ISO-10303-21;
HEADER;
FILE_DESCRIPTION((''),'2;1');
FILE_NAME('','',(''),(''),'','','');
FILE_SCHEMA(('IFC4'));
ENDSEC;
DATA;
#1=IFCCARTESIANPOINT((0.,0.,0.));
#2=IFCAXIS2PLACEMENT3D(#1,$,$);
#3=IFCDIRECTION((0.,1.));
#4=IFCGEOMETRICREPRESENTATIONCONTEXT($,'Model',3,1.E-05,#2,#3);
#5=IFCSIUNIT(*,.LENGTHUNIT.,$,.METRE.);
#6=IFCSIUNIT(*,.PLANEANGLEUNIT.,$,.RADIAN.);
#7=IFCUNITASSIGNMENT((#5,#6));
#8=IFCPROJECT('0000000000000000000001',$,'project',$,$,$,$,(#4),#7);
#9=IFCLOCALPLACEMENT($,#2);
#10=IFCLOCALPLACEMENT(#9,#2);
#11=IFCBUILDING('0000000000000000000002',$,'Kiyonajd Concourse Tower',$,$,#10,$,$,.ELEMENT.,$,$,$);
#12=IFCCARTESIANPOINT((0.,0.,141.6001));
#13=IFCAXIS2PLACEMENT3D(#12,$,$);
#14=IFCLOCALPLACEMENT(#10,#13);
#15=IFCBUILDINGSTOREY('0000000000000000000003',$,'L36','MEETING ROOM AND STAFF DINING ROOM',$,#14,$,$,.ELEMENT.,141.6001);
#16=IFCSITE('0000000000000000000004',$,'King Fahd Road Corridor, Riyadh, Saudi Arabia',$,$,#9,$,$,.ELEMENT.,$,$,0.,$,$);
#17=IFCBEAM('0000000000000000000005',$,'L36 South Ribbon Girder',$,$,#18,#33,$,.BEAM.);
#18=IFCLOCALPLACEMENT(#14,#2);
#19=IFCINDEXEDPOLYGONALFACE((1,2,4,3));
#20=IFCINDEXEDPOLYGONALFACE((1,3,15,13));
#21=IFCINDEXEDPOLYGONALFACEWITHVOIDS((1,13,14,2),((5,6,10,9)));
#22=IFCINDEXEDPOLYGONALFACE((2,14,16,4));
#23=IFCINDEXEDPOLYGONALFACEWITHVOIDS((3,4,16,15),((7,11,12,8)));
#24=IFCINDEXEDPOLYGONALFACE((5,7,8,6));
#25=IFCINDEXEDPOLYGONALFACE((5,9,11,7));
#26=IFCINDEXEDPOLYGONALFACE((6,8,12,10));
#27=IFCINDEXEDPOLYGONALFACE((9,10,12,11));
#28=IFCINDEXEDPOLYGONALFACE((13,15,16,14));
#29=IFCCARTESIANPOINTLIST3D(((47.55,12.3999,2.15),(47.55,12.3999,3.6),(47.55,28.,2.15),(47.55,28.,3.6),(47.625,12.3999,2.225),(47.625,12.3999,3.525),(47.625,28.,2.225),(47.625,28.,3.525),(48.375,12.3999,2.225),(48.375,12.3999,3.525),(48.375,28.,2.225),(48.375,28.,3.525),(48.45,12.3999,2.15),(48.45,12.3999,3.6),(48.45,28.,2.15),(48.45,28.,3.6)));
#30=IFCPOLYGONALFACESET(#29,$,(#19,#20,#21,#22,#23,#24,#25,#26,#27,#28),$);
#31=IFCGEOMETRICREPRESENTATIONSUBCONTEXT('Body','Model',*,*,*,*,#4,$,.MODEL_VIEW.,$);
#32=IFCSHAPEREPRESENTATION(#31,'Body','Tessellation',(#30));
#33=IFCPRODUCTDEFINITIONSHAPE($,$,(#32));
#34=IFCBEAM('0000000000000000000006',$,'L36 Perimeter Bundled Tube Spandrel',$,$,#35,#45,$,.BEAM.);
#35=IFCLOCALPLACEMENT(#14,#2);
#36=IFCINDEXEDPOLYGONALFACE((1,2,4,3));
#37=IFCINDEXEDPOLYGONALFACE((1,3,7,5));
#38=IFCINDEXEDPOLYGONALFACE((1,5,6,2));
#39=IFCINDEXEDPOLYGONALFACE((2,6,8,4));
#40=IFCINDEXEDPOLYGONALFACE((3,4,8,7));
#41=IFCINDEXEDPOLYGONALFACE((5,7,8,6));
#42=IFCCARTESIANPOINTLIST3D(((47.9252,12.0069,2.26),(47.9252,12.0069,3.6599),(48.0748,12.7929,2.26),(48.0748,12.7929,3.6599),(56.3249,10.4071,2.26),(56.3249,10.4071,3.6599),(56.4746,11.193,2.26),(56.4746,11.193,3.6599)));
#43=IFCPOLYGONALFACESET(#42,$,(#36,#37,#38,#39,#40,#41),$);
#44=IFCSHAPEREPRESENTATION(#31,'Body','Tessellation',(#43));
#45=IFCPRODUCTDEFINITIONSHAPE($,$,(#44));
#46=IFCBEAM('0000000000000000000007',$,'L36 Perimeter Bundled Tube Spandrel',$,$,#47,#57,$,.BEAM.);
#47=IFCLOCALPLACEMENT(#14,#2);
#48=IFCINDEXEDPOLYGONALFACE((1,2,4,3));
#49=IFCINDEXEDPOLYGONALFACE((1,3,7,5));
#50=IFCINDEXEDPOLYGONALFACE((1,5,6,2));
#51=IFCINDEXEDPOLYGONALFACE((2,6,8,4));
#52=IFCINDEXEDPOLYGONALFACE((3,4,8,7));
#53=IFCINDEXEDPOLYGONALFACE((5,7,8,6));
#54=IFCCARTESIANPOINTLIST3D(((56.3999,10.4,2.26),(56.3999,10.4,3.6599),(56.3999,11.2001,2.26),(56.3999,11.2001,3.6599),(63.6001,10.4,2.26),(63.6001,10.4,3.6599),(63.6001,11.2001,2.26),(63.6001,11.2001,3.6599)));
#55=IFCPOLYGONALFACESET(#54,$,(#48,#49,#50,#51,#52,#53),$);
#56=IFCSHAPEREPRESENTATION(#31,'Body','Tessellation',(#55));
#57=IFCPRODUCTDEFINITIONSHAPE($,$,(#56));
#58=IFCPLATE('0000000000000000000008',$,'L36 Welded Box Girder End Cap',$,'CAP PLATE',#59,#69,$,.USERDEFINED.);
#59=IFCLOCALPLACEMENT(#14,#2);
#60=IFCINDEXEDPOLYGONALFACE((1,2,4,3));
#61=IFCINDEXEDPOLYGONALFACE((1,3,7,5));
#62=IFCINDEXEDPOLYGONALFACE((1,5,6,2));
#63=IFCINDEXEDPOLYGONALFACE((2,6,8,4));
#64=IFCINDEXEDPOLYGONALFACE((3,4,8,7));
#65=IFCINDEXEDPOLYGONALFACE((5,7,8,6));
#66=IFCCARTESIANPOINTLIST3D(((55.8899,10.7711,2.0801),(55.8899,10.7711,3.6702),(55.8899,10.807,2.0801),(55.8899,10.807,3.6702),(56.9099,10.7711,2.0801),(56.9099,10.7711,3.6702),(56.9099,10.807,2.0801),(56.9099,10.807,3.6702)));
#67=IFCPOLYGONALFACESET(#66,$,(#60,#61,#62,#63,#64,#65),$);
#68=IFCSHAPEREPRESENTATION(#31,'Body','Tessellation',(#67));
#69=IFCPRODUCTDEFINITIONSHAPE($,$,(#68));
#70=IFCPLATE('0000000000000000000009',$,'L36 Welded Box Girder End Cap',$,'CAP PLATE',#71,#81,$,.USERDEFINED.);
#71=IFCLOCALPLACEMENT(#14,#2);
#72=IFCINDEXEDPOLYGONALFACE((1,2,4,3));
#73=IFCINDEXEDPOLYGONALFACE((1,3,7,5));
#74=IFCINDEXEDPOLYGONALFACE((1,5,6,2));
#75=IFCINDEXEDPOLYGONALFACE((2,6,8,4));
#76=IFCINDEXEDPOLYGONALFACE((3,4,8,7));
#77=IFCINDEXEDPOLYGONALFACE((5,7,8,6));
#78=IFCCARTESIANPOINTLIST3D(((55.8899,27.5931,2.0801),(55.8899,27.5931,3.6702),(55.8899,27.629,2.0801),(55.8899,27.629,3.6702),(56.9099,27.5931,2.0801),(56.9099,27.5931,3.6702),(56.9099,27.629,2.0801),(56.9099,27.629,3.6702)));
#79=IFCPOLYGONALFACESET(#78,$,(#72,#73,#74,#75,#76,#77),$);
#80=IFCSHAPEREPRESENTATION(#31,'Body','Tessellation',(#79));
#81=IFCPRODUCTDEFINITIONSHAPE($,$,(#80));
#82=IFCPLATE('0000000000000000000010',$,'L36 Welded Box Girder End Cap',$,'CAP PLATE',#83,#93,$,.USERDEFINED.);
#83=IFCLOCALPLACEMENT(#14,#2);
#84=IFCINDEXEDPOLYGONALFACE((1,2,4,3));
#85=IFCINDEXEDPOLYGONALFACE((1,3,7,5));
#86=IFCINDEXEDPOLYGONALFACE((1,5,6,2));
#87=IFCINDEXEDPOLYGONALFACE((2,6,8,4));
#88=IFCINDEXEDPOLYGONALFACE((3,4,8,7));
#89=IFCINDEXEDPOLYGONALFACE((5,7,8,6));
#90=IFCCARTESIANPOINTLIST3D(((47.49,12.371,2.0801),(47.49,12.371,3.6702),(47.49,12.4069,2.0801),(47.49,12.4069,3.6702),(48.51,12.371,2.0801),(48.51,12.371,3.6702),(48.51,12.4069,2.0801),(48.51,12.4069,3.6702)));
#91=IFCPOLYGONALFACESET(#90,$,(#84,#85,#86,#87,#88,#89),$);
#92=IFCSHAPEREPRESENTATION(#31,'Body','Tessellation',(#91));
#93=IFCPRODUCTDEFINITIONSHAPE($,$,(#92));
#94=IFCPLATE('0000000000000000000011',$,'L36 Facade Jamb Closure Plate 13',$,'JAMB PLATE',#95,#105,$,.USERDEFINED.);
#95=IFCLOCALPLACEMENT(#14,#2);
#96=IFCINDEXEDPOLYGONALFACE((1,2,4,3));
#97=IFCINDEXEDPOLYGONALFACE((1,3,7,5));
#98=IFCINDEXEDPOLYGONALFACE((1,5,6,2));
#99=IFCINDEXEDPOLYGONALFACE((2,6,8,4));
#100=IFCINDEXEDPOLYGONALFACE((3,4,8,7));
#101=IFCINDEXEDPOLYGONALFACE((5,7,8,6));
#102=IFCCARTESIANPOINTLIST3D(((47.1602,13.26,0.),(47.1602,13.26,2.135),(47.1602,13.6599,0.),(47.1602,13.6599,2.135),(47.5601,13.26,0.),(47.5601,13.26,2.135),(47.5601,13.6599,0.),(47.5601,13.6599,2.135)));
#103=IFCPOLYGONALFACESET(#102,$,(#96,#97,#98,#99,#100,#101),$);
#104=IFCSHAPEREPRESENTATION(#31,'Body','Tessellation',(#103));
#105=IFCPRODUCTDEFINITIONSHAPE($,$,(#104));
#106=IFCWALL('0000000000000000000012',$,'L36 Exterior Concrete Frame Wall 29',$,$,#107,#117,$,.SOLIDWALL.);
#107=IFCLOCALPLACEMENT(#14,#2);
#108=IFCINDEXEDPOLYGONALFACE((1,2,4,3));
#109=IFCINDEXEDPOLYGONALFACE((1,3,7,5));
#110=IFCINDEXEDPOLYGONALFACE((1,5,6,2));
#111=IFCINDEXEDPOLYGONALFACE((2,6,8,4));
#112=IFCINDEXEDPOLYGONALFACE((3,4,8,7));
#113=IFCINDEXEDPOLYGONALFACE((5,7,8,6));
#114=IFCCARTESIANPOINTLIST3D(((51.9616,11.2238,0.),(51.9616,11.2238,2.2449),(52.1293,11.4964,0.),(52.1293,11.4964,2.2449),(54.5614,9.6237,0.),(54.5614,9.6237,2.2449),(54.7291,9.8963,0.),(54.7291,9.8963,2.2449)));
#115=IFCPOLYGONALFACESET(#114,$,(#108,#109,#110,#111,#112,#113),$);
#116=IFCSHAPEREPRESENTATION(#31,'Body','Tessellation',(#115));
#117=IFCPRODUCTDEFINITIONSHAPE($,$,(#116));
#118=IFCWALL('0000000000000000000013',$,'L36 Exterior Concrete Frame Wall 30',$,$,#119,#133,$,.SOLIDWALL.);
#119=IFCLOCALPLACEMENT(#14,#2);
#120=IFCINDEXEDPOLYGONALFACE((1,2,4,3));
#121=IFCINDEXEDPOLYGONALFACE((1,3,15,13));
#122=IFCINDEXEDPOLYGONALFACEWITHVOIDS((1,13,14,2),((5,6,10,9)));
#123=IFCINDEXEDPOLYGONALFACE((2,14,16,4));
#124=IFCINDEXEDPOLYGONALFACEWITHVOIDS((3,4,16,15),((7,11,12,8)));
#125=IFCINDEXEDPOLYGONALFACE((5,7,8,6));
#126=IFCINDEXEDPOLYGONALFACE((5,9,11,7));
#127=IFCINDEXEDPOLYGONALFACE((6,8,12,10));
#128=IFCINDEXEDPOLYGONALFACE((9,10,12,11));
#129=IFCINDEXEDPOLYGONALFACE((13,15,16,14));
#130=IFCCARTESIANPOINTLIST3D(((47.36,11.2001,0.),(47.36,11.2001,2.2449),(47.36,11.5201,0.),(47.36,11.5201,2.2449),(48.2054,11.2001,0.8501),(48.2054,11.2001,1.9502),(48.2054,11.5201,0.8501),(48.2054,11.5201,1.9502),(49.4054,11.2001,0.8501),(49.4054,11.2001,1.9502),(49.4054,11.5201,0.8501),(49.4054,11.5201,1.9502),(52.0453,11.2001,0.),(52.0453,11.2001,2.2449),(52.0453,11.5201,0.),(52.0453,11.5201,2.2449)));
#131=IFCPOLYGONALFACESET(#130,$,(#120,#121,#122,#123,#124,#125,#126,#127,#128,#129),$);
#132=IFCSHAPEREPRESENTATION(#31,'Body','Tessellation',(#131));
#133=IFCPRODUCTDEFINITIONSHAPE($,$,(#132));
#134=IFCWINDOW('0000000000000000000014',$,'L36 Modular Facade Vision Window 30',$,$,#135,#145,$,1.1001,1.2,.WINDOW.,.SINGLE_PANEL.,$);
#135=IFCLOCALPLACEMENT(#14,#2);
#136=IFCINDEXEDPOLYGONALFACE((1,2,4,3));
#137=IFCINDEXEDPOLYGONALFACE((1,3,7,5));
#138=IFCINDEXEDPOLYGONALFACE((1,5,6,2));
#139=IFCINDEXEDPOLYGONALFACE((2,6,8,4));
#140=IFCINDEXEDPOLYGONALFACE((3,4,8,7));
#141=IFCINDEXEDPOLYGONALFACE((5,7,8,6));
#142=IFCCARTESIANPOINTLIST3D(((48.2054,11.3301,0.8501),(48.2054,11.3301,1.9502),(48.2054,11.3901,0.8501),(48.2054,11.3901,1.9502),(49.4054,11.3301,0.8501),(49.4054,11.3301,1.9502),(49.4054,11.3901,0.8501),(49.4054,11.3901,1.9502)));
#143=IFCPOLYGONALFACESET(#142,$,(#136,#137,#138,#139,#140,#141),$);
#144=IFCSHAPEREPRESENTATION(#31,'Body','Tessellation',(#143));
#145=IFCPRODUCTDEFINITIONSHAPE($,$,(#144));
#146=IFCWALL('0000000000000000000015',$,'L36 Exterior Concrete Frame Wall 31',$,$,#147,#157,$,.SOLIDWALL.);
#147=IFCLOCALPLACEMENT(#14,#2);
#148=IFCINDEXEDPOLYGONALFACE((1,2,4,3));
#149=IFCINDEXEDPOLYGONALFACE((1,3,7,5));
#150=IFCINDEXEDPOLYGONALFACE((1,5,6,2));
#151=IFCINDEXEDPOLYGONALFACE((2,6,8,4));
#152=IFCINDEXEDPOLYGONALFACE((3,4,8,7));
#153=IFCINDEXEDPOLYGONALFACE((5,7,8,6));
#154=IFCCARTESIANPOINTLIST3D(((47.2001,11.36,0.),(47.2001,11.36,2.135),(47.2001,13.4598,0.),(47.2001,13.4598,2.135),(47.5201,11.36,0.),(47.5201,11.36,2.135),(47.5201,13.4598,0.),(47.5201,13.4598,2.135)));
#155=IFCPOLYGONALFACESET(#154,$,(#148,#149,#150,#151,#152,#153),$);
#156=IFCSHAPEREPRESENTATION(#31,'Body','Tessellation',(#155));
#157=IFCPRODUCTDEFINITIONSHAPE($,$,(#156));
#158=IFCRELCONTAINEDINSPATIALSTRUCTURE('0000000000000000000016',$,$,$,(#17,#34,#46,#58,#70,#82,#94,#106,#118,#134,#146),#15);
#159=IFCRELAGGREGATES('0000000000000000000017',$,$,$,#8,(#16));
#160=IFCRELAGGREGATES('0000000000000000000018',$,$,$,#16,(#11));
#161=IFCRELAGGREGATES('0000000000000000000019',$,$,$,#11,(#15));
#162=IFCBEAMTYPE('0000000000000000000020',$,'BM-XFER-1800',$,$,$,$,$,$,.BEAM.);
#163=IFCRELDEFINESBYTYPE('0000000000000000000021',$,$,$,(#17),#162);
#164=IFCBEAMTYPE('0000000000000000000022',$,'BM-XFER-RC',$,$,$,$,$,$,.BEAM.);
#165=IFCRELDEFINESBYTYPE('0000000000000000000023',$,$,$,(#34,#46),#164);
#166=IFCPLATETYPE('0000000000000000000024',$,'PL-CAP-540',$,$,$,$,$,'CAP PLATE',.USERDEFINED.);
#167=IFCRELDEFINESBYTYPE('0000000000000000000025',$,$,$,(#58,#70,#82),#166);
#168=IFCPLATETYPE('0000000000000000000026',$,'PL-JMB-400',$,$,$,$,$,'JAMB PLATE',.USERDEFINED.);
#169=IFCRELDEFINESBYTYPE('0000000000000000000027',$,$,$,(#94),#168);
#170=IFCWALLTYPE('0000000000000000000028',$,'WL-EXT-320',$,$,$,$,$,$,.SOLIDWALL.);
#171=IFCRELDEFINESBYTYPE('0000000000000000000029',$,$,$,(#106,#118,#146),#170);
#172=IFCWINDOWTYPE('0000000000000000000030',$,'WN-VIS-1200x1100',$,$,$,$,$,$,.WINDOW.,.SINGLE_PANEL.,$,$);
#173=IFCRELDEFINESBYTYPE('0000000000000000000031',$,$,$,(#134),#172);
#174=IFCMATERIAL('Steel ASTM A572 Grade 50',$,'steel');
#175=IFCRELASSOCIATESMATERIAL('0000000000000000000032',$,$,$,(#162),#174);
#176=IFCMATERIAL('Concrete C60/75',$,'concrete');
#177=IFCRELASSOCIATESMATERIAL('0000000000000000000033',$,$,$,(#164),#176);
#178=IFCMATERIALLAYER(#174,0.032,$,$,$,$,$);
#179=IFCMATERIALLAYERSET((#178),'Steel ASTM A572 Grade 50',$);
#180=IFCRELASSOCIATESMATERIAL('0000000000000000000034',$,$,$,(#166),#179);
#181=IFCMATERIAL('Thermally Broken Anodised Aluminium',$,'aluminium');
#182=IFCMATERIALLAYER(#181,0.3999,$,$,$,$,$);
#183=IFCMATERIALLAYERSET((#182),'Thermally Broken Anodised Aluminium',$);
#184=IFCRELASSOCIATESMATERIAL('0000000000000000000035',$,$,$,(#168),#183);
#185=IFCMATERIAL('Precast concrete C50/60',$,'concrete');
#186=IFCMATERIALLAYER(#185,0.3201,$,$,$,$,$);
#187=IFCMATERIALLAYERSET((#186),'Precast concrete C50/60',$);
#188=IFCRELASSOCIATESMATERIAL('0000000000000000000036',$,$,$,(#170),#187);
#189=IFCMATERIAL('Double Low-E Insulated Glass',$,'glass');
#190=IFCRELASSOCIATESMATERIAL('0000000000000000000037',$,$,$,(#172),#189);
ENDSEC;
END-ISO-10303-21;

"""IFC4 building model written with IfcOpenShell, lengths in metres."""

from ifc_helpers import new_model, si_unit, direction, frame, frame_2d, origin, origin_2d, place, context, subcontext, project, spatial, rectangle, hollow_rectangle, extrude, material, layer, layer_set, material_profile, profile_set, type_object, element, fill, save


model = new_model("IFC4")

# Units and contexts
model_context = context("Model", 3, precision=1e-05, world=origin(), true_north=direction((0.0, 1.0)))
body_context = subcontext(model_context, "Body", "Model", "MODEL_VIEW")
ifc_project = project(units=[si_unit("LENGTHUNIT", "METRE"), si_unit("PLANEANGLEUNIT", "RADIAN")], contexts=[model_context])

# Site, building, storey
site_placement = place(None, origin())
site = spatial("IfcSite", under=ifc_project, at=site_placement, Name="King Fahd Road Corridor, Riyadh, Saudi Arabia", CompositionType="ELEMENT", RefElevation=0.0)
building_placement = place(site_placement, origin())
building = spatial("IfcBuilding", under=site, at=building_placement, Name="Kiyonajd Concourse Tower", CompositionType="ELEMENT")
storey_placement = place(building_placement, frame((0.0, 0.0, 141.6001)))
storey = spatial("IfcBuildingStorey", under=building, at=storey_placement, Name="L36", Description="MEETING ROOM AND STAFF DINING ROOM", CompositionType="ELEMENT", Elevation=141.6001)

# Beams
ifc_material_1 = material(Name="Steel ASTM A572 Grade 50", Category="steel")
ifc_material_profile_1 = material_profile(ifc_material_1, hollow_rectangle(XDim=0.8999, YDim=1.45, WallThickness=0.075, at=origin_2d()), Name="BOX-1450x900x75")
ifc_profile_set_1 = profile_set([ifc_material_profile_1], Name="Steel ASTM A572 Grade 50")
beam_type_1 = type_object("IfcBeamType", Name="BM-XFER-1800", PredefinedType="BEAM", material=ifc_profile_set_1)
beam_1_placement = place(storey_placement, frame((48.0, 12.3999, 2.875), z_axis=(0.0, 1.0, 0.0), x_axis=(-1.0, 0.0, 0.0)))
element("IfcBeam", 1, at=beam_1_placement, inside=storey, type_object=beam_type_1, Name="L36 South Ribbon Girder", PredefinedType="BEAM", context=body_context, shape_type="SweptSolid", body=[
    extrude(hollow_rectangle(XDim=0.8999, YDim=1.45, WallThickness=0.075, at=origin_2d()), origin(), (0.0, 0.0, 1.0), 15.6001),
])
ifc_material_2 = material(Name="Concrete C60/75", Category="concrete")
ifc_material_profile_2 = material_profile(ifc_material_2, rectangle(XDim=0.8, YDim=1.3999, at=origin_2d()), Name="RCBM-800x1400")
ifc_profile_set_2 = profile_set([ifc_material_profile_2], Name="Concrete C60/75")
beam_type_2 = type_object("IfcBeamType", Name="BM-XFER-RC", PredefinedType="BEAM", material=ifc_profile_set_2)
beam_2_placement = place(storey_placement, frame((48.0, 12.3999, 2.96), z_axis=(0.982341, -0.187098, 0.0), x_axis=(0.187098, 0.982341, 0.0)))
element("IfcBeam", 2, at=beam_2_placement, inside=storey, type_object=beam_type_2, Name="L36 Perimeter Bundled Tube Spandrel", PredefinedType="BEAM", context=body_context, shape_type="SweptSolid", body=[
    extrude(rectangle(XDim=0.8, YDim=1.3999, at=origin_2d()), origin(), (0.0, 0.0, 1.0), 8.5508),
])
beam_3_placement = place(storey_placement, frame((56.3999, 10.8, 2.96), z_axis=(1.0, 0.0, 0.0), x_axis=(0.0, 1.0, 0.0)))
element("IfcBeam", 3, at=beam_3_placement, inside=storey, type_object=beam_type_2, Name="L36 Perimeter Bundled Tube Spandrel", PredefinedType="BEAM", context=body_context, shape_type="SweptSolid", body=[
    extrude(rectangle(XDim=0.8, YDim=1.3999, at=origin_2d()), origin(), (0.0, 0.0, 1.0), 7.2002),
])

# Plates
ifc_layer_1 = layer(ifc_material_1, 0.032)
ifc_layer_set_1 = layer_set([ifc_layer_1], Name="Steel ASTM A572 Grade 50")
plate_type_1 = type_object("IfcPlateType", Name="PL-CAP-540", ElementType="CAP PLATE", PredefinedType="USERDEFINED", material=ifc_layer_set_1)
for number, where, z_axis, x_axis, name in (
    (4, (56.3999, 10.7891, 2.0801), (0.0, 0.0, 1.0), (0.0, -1.0, 0.0), "L36 Welded Box Girder End Cap"),
    (5, (56.3999, 27.6111, 2.0801), (0.0, 0.0, 1.0), (0.0, 1.0, 0.0), "L36 Welded Box Girder End Cap"),
    (6, (48.0, 12.3889, 2.0801), (0.0, 0.0, 1.0), (0.0, -1.0, 0.0), "L36 Welded Box Girder End Cap"),
):
    element("IfcPlate", number, at=place(storey_placement, frame(where, z_axis=z_axis, x_axis=x_axis)), inside=storey, type_object=plate_type_1, Name=name, ObjectType="CAP PLATE", PredefinedType="USERDEFINED", context=body_context, shape_type="SweptSolid", body=[
        extrude(rectangle(XDim=0.0359, YDim=1.02, at=origin_2d()), origin(), (0.0, 0.0, 1.0), 1.5901),
    ])
ifc_material_3 = material(Name="Thermally Broken Anodised Aluminium", Category="aluminium")
ifc_layer_2 = layer(ifc_material_3, 0.3999)
ifc_layer_set_2 = layer_set([ifc_layer_2], Name="Thermally Broken Anodised Aluminium")
plate_type_2 = type_object("IfcPlateType", Name="PL-JMB-400", ElementType="JAMB PLATE", PredefinedType="USERDEFINED", material=ifc_layer_set_2)
plate_placement = place(storey_placement, frame((47.3601, 13.46, 0.0), z_axis=(0.0, 0.0, 1.0), x_axis=(1.0, 0.0, 0.0)))
element("IfcPlate", 7, at=plate_placement, inside=storey, type_object=plate_type_2, Name="L36 Facade Jamb Closure Plate 13", ObjectType="JAMB PLATE", PredefinedType="USERDEFINED", context=body_context, shape_type="SweptSolid", body=[
    extrude(rectangle(XDim=0.3999, YDim=0.3999, at=origin_2d()), origin(), (0.0, 0.0, 1.0), 2.135),
])

# Wall
ifc_material_4 = material(Name="Precast concrete C50/60", Category="concrete")
ifc_layer_3 = layer(ifc_material_4, 0.3201)
ifc_layer_set_3 = layer_set([ifc_layer_3], Name="Precast concrete C50/60")
wall_type_1 = type_object("IfcWallType", Name="WL-EXT-320", PredefinedType="SOLIDWALL", material=ifc_layer_set_3)
wall_1_placement = place(storey_placement, frame((54.6453, 9.76, 0.0), z_axis=(0.0, 0.0, 1.0), x_axis=(-0.851631, 0.524142, 0.0)))
element("IfcWall", 8, at=wall_1_placement, inside=storey, type_object=wall_type_1, Name="L36 Exterior Concrete Frame Wall 29", PredefinedType="SOLIDWALL", context=body_context, shape_type="SweptSolid", body=[
    extrude(rectangle(XDim=3.0527, YDim=0.3201, at=frame_2d((1.5264, 0.0))), origin(), (0.0, 0.0, 1.0), 2.2449),
])

# Wall, opening, window
wall_2_placement = place(storey_placement, frame((52.0454, 11.3601, 0.0), z_axis=(0.0, 0.0, 1.0), x_axis=(-1.0, 0.0, 0.0)))
wall_2 = element("IfcWall", 9, at=wall_2_placement, inside=storey, type_object=wall_type_1, Name="L36 Exterior Concrete Frame Wall 30", PredefinedType="SOLIDWALL", context=body_context, shape_type="SweptSolid", body=[
    extrude(rectangle(XDim=4.6853, YDim=0.3201, at=frame_2d((2.3428, 0.0))), origin(), (0.0, 0.0, 1.0), 2.2449),
])
opening_1_placement = place(wall_2_placement, frame((2.6399, 0.0, 0.8501)))
opening_1 = element("IfcOpeningElement", 10, at=opening_1_placement, cuts=wall_2, PredefinedType="OPENING", context=body_context, shape_type="SweptSolid", body=[
    extrude(rectangle(XDim=1.2, YDim=1.1001, at=frame_2d((0.6001, 0.55))), frame((0.0, 0.1699, 0.0), z_axis=(0.0, -1.0, 0.0), x_axis=(1.0, 0.0, 0.0)), (0.0, 0.0, 1.0), 0.3401),
])
ifc_material_5 = material(Name="Double Low-E Insulated Glass", Category="glass")
window_type = type_object("IfcWindowType", Name="WN-VIS-1200x1100", PartitioningType="SINGLE_PANEL", PredefinedType="WINDOW", material=ifc_material_5)
window_placement = place(opening_1_placement, origin())
window = element("IfcWindow", 11, at=window_placement, inside=storey, type_object=window_type, Name="L36 Modular Facade Vision Window 30", OverallHeight=1.1001, OverallWidth=1.2, PartitioningType="SINGLE_PANEL", PredefinedType="WINDOW", context=body_context, shape_type="SweptSolid", body=[
    extrude(rectangle(XDim=1.2, YDim=1.1001, at=frame_2d((0.6001, 0.55))), frame((0.0, 0.03, 0.0), z_axis=(0.0, -1.0, 0.0), x_axis=(1.0, 0.0, 0.0)), (0.0, 0.0, 1.0), 0.0601),
])
fill(opening_1, window)

# Wall
wall_3_placement = place(storey_placement, frame((47.3601, 11.3601, 0.0), z_axis=(0.0, 0.0, 1.0), x_axis=(0.0, 1.0, 0.0)))
element("IfcWall", 12, at=wall_3_placement, inside=storey, type_object=wall_type_1, Name="L36 Exterior Concrete Frame Wall 31", PredefinedType="SOLIDWALL", context=body_context, shape_type="SweptSolid", body=[
    extrude(rectangle(XDim=2.0999, YDim=0.3201, at=frame_2d((1.0498, 0.0))), origin(), (0.0, 0.0, 1.0), 2.135),
])

save(model, "model.ifc")
